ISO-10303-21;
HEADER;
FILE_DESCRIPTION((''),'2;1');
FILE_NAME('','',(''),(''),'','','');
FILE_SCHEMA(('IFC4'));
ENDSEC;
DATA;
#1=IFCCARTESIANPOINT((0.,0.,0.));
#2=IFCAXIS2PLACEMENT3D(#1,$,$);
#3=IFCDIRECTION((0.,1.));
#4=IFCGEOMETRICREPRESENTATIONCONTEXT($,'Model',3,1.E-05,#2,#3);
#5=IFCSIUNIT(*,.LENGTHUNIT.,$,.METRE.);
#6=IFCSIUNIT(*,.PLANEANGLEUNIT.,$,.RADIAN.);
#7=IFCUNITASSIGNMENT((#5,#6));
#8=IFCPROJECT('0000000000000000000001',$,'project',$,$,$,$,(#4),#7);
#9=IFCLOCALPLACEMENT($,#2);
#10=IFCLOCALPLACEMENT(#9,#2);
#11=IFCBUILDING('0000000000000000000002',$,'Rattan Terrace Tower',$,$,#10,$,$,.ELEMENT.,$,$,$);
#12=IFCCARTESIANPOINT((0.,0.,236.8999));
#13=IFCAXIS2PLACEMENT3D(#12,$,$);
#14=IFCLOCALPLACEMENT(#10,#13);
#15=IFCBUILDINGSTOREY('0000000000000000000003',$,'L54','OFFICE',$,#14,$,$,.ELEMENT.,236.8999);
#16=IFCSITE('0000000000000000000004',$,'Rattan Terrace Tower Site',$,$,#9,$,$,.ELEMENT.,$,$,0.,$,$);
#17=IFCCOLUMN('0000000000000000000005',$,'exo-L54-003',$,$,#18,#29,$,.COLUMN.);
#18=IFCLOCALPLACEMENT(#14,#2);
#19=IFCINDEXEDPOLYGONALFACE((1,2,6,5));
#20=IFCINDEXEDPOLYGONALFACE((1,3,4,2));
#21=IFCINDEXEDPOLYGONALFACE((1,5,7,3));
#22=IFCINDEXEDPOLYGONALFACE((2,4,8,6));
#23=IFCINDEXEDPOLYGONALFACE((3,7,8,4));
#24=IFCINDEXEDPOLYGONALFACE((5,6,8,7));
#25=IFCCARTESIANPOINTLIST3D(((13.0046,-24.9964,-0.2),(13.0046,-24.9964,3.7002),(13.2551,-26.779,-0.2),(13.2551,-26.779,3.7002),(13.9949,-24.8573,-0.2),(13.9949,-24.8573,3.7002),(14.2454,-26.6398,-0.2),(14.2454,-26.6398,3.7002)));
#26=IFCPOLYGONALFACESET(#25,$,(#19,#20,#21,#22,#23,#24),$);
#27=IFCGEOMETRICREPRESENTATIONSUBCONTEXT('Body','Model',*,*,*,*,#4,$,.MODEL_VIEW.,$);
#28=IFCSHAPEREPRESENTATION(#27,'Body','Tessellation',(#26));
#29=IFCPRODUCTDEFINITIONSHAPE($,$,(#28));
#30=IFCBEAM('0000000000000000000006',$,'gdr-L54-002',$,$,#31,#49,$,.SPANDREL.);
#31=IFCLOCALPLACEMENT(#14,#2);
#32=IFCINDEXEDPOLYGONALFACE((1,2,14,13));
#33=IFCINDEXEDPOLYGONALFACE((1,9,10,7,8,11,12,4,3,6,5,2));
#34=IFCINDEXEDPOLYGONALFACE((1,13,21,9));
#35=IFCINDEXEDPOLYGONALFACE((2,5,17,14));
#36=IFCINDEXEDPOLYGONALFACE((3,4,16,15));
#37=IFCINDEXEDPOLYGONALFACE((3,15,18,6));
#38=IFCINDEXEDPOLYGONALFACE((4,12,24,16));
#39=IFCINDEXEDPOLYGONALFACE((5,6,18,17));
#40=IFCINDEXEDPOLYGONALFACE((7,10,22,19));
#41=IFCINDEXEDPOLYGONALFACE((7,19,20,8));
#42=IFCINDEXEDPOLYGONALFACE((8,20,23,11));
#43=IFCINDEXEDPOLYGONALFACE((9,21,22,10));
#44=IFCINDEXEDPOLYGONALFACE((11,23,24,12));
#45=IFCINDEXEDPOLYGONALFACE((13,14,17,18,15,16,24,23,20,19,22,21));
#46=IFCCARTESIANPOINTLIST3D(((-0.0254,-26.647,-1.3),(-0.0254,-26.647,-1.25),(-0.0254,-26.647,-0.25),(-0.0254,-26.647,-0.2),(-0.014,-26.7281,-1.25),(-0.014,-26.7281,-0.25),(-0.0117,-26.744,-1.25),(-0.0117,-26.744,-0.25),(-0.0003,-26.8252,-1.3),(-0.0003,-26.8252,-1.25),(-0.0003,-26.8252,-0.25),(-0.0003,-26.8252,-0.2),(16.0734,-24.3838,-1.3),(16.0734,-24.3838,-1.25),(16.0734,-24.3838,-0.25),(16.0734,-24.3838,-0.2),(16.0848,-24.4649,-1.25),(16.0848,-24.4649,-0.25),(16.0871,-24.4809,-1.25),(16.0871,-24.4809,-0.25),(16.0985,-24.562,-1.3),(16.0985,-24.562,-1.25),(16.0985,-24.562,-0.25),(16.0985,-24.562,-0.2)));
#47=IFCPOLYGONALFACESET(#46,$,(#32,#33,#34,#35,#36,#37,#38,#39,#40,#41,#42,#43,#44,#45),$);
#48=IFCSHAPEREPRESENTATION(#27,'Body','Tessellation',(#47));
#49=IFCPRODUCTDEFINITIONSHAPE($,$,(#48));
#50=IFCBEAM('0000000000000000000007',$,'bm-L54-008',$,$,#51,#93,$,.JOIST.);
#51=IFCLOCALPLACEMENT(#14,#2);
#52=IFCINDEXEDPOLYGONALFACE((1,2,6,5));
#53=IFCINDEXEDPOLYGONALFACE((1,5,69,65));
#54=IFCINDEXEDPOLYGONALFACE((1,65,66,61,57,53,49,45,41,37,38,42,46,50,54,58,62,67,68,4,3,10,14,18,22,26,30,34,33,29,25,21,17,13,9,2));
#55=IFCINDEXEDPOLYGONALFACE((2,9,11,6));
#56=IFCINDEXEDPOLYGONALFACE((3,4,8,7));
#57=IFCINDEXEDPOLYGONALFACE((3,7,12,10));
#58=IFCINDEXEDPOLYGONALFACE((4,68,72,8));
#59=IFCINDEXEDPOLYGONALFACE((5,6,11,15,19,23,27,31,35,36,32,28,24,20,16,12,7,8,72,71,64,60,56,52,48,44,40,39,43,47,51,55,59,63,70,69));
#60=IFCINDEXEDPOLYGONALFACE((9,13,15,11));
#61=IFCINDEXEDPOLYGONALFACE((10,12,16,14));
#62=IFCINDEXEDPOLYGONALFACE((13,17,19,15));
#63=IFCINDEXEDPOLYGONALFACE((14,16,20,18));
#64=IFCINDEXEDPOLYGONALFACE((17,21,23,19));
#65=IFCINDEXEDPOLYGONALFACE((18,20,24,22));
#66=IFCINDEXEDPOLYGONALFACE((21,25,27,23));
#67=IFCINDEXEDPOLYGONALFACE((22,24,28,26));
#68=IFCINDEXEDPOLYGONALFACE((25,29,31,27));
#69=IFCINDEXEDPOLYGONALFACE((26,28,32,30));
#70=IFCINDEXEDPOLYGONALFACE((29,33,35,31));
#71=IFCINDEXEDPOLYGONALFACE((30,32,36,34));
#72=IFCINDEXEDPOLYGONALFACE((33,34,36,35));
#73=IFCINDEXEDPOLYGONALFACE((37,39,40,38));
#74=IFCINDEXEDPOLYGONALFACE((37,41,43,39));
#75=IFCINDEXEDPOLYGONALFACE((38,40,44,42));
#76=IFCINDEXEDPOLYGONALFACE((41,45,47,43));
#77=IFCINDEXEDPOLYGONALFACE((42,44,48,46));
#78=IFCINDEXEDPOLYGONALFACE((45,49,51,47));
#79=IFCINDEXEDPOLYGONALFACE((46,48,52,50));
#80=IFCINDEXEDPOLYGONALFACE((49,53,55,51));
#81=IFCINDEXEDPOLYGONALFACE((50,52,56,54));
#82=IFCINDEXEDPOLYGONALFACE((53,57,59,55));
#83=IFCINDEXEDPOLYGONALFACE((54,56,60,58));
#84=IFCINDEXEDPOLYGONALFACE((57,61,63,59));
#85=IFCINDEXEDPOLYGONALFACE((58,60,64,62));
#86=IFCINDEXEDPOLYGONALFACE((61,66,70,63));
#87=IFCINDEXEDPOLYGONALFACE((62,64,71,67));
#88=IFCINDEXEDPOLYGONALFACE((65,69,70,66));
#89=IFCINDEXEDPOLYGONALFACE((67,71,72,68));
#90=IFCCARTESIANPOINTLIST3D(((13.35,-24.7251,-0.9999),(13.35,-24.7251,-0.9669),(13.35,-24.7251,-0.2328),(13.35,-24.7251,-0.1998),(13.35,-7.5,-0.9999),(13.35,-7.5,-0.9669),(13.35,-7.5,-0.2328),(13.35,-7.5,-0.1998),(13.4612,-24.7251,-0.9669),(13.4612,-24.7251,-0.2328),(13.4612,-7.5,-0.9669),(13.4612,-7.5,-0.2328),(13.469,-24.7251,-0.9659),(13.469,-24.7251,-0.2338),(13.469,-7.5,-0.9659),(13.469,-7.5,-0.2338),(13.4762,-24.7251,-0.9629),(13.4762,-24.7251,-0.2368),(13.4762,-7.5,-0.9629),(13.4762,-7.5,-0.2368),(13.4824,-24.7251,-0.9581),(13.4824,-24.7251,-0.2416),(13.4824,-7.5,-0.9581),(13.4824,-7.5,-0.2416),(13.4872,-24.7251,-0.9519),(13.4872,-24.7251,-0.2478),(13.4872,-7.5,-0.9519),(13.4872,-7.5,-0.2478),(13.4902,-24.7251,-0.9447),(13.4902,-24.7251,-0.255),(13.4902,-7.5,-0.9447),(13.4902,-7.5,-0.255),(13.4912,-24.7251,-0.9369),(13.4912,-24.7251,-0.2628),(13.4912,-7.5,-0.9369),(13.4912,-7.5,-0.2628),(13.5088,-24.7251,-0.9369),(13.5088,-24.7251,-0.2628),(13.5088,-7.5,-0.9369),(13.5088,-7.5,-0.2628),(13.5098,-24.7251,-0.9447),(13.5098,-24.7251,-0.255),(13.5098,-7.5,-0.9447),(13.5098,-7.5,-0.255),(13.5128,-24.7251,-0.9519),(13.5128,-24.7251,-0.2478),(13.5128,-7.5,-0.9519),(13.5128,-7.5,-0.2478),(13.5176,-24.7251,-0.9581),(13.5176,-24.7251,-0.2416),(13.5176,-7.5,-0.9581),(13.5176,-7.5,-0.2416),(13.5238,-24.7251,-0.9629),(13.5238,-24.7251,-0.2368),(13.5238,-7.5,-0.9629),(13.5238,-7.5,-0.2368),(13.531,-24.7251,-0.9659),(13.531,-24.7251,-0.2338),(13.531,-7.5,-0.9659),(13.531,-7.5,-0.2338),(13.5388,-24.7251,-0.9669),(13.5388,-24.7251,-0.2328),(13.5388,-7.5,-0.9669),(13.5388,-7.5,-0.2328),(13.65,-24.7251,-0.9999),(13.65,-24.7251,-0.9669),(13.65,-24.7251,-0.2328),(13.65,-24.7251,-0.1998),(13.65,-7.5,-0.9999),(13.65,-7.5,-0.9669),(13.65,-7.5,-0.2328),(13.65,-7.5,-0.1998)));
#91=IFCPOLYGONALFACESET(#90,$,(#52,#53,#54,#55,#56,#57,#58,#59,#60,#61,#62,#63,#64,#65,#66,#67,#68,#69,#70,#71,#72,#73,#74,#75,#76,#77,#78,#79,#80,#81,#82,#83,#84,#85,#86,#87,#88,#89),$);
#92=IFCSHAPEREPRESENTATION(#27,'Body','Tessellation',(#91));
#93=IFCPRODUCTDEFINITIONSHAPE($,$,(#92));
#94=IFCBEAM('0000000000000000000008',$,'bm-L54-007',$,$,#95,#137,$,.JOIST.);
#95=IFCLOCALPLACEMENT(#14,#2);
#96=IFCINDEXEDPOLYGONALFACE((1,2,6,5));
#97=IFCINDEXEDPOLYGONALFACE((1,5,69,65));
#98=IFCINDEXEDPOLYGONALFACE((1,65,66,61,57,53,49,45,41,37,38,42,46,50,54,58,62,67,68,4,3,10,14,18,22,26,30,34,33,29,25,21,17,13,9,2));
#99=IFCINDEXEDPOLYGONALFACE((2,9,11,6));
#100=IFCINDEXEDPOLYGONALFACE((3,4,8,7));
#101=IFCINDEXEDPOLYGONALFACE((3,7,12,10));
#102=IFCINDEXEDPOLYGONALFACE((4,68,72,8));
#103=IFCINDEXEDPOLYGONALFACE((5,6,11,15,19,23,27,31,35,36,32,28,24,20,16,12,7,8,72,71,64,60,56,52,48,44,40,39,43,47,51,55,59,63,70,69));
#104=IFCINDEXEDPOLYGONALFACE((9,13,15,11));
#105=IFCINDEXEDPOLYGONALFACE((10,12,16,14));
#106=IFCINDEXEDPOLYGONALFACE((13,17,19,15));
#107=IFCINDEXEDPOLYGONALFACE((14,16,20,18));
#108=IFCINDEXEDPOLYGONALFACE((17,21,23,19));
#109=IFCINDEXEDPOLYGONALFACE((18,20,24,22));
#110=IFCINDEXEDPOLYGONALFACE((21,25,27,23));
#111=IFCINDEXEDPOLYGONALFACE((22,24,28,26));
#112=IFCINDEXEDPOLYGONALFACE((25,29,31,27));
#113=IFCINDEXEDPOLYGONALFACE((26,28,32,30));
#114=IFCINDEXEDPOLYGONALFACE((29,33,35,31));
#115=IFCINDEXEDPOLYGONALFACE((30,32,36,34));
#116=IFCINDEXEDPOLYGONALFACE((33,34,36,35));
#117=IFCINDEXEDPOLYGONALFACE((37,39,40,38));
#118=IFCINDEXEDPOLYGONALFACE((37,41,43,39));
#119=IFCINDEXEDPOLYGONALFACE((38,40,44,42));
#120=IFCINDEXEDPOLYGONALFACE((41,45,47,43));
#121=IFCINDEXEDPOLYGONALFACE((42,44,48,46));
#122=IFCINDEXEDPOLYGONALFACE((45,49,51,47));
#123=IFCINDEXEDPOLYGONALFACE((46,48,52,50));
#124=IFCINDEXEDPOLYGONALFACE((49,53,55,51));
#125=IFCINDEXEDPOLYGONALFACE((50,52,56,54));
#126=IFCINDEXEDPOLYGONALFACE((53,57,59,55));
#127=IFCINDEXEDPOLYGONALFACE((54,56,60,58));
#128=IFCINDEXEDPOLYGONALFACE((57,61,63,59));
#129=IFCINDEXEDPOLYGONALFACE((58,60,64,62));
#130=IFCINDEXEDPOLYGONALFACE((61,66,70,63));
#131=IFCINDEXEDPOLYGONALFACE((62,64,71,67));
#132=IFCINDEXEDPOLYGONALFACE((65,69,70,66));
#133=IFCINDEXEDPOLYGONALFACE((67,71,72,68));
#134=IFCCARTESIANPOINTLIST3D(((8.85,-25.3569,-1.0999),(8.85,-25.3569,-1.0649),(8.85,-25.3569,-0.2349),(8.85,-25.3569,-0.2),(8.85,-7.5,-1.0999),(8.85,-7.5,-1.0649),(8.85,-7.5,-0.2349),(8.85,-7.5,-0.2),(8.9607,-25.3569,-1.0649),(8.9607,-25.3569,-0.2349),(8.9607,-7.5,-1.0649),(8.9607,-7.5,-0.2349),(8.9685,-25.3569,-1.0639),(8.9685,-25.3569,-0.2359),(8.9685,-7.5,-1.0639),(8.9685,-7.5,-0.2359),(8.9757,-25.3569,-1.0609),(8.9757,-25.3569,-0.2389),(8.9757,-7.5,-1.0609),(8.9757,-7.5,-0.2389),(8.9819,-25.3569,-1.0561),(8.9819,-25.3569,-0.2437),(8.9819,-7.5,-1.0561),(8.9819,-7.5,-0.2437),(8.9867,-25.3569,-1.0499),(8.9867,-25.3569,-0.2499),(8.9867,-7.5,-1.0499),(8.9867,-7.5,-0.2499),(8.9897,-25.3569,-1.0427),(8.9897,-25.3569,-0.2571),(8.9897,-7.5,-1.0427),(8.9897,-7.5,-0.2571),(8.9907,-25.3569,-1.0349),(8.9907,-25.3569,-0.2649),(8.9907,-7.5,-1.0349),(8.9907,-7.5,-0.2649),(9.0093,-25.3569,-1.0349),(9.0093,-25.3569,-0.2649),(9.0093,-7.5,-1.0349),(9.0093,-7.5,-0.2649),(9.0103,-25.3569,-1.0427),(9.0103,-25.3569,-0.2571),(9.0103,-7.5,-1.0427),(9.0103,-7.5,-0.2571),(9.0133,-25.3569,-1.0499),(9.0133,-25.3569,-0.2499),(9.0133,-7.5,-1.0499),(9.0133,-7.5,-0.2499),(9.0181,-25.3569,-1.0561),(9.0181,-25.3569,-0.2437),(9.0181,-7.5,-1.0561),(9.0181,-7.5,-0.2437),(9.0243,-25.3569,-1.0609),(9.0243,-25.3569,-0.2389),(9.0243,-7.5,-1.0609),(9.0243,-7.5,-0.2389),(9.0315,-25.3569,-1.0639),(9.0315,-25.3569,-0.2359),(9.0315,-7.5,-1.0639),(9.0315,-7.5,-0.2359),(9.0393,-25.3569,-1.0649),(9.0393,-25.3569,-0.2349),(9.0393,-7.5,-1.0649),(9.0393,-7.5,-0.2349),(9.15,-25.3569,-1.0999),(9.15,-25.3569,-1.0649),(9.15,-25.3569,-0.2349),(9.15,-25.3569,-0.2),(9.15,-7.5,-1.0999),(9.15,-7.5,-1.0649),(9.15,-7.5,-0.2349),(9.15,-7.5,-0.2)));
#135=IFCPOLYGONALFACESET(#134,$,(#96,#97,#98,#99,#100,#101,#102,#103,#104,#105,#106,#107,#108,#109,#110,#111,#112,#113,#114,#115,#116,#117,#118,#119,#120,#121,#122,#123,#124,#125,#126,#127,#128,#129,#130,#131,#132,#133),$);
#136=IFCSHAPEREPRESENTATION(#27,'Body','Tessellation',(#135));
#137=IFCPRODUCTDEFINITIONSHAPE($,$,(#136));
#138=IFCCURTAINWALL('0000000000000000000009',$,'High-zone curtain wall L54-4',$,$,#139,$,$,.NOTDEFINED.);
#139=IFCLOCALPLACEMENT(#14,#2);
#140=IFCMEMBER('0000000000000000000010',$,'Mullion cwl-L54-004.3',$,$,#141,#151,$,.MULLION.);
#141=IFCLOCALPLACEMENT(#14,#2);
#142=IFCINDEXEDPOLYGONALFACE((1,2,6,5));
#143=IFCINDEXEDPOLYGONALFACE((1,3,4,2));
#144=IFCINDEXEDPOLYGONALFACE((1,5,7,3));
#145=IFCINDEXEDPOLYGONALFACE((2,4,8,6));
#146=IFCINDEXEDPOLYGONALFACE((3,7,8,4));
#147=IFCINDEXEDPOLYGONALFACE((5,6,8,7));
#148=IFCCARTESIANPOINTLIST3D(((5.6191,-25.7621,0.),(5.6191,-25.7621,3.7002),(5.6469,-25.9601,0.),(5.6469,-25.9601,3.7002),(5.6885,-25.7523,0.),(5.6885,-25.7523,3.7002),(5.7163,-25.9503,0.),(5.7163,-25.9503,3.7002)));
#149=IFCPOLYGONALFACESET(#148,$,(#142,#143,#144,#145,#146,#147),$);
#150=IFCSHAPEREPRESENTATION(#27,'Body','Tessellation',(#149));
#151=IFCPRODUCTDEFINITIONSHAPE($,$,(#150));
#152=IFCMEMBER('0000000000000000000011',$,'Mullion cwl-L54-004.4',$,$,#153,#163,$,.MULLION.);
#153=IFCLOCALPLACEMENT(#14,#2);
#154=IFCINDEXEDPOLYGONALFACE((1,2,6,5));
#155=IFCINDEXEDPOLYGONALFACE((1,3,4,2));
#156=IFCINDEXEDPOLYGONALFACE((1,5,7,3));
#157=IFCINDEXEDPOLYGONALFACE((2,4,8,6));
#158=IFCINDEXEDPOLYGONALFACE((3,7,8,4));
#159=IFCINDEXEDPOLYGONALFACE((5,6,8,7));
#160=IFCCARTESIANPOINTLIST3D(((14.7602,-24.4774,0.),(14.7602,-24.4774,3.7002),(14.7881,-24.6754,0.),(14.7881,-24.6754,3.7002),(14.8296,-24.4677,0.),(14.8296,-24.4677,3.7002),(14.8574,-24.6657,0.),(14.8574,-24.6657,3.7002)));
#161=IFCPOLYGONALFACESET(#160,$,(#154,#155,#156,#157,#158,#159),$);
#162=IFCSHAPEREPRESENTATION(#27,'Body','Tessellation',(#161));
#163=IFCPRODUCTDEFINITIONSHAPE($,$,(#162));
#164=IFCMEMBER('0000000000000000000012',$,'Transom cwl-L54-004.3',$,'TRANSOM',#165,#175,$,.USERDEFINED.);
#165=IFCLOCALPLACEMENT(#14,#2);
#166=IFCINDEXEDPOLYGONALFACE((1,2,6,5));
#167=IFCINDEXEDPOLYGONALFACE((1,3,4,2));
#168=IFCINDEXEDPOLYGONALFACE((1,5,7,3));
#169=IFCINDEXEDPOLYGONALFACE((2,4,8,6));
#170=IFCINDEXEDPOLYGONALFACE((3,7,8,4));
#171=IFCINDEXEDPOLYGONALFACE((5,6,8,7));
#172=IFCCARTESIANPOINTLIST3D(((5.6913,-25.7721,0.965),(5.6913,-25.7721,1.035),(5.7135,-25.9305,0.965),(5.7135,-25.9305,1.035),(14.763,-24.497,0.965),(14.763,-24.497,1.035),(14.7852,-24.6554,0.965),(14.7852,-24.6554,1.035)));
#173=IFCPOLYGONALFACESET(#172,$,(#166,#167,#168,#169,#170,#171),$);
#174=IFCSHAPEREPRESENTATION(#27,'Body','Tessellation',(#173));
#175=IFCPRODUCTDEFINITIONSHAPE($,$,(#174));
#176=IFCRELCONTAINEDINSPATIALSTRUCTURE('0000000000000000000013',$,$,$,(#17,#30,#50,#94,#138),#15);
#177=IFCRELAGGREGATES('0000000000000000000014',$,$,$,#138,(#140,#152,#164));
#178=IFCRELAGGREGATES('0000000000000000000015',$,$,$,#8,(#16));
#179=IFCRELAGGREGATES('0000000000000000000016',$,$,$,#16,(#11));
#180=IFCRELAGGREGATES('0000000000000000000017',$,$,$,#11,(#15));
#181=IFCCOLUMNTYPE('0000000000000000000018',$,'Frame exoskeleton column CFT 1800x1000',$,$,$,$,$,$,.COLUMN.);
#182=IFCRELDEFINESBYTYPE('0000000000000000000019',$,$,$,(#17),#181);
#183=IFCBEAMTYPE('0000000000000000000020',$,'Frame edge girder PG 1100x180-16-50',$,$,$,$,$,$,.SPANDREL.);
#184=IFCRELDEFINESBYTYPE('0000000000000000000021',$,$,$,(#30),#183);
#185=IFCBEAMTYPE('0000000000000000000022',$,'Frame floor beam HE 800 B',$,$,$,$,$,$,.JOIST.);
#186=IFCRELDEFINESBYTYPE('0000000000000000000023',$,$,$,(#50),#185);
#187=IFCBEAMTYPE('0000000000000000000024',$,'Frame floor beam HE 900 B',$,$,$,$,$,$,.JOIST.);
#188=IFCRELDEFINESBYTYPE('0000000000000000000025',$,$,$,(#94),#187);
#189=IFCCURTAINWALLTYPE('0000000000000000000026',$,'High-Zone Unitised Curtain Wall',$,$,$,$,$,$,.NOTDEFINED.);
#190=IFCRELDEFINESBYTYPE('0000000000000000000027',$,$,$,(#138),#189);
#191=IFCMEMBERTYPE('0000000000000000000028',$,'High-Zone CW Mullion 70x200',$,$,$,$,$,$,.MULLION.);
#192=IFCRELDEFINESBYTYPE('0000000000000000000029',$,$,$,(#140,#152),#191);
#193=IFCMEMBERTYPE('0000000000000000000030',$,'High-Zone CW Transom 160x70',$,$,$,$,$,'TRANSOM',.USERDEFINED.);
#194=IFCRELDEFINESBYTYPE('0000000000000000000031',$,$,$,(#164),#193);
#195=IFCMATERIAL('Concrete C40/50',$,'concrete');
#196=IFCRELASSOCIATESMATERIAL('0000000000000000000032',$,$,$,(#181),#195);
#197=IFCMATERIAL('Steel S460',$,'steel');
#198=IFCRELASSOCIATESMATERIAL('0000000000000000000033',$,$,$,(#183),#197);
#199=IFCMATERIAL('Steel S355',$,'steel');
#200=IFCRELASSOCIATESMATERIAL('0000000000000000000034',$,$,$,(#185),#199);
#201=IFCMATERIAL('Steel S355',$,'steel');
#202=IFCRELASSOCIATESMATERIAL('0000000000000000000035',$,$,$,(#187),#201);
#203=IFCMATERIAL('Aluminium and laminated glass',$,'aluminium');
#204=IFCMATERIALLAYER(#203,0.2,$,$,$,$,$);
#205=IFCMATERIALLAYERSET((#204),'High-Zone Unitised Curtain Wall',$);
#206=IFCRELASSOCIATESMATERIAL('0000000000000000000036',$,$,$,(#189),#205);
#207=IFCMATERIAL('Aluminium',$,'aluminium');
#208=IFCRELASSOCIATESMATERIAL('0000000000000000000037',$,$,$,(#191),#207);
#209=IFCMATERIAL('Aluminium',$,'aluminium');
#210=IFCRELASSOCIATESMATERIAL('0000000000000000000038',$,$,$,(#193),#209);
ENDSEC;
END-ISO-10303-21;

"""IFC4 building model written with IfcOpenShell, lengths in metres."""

from ifc_helpers import new_model, si_unit, direction, frame, origin, origin_2d, place, context, subcontext, project, spatial, rectangle, i_section, extrude, material, layer, layer_set, material_profile, profile_set, type_object, element, aggregate, save


model = new_model("IFC4")

# Units and contexts
model_context = context("Model", 3, precision=1e-05, world=origin(), true_north=direction((0.0, 1.0)))
body_context = subcontext(model_context, "Body", "Model", "MODEL_VIEW")
ifc_project = project(units=[si_unit("LENGTHUNIT", "METRE"), si_unit("PLANEANGLEUNIT", "RADIAN")], contexts=[model_context])

# Site, building, storey
site_placement = place(None, origin())
site = spatial("IfcSite", under=ifc_project, at=site_placement, Name="Rattan Terrace Tower Site", CompositionType="ELEMENT", RefElevation=0.0)
building_placement = place(site_placement, origin())
building = spatial("IfcBuilding", under=site, at=building_placement, Name="Rattan Terrace Tower", CompositionType="ELEMENT")
storey_placement = place(building_placement, frame((0.0, 0.0, 236.8999)))
storey = spatial("IfcBuildingStorey", under=building, at=storey_placement, Name="L54", Description="OFFICE", CompositionType="ELEMENT", Elevation=236.8999)

# Column
ifc_material_1 = material(Name="Concrete C40/50", Category="concrete")
ifc_material_profile_1 = material_profile(ifc_material_1, rectangle(XDim=1.0, YDim=1.8, at=origin_2d()), Name="CFT 1800x1000")
ifc_profile_set_1 = profile_set([ifc_material_profile_1], Name="Concrete C40/50")
column_type = type_object("IfcColumnType", Name="Frame exoskeleton column CFT 1800x1000", PredefinedType="COLUMN", material=ifc_profile_set_1)
column_placement = place(storey_placement, frame((13.625, -25.8181, -0.2), z_axis=(0.0, 0.0, 1.0), x_axis=(0.990268, 0.139173, 0.0)))
element("IfcColumn", 1, at=column_placement, inside=storey, type_object=column_type, Name="exo-L54-003", PredefinedType="COLUMN", context=body_context, shape_type="SweptSolid", body=[
    extrude(rectangle(XDim=1.0, YDim=1.8, at=origin_2d()), origin(), (0.0, 0.0, 1.0), 3.9001),
])

# Beams
ifc_material_2 = material(Name="Steel S460", Category="steel")
ifc_material_profile_2 = material_profile(ifc_material_2, i_section(OverallWidth=0.1799, OverallDepth=1.1001, WebThickness=0.0161, FlangeThickness=0.05, at=origin_2d()), Name="PG 1100x180-16-50")
ifc_profile_set_2 = profile_set([ifc_material_profile_2], Name="Steel S460")
beam_type_1 = type_object("IfcBeamType", Name="Frame edge girder PG 1100x180-16-50", PredefinedType="SPANDREL", material=ifc_profile_set_2)
beam_1_placement = place(storey_placement, frame((16.0859, -24.4729, -0.75), z_axis=(-0.990263, -0.139211, 0.0), x_axis=(0.139211, -0.990263, 0.0)))
element("IfcBeam", 2, at=beam_1_placement, inside=storey, type_object=beam_type_1, Name="gdr-L54-002", PredefinedType="SPANDREL", context=body_context, shape_type="SweptSolid", body=[
    extrude(i_section(OverallWidth=0.1799, OverallDepth=1.1001, WebThickness=0.0161, FlangeThickness=0.05, at=origin_2d()), origin(), (0.0, 0.0, 1.0), 16.2571),
])
ifc_material_3 = material(Name="Steel S355", Category="steel")
ifc_material_profile_3 = material_profile(ifc_material_3, i_section(OverallWidth=0.3, OverallDepth=0.8, WebThickness=0.0176, FlangeThickness=0.033, FilletRadius=0.03, at=origin_2d()), Name="HE 800 B")
ifc_profile_set_3 = profile_set([ifc_material_profile_3], Name="Steel S355")
beam_type_2 = type_object("IfcBeamType", Name="Frame floor beam HE 800 B", PredefinedType="JOIST", material=ifc_profile_set_3)
beam_2_placement = place(storey_placement, frame((13.5, -24.7251, -0.5999), z_axis=(0.0, 1.0, 0.0), x_axis=(-1.0, 0.0, 0.0)))
element("IfcBeam", 3, at=beam_2_placement, inside=storey, type_object=beam_type_2, Name="bm-L54-008", PredefinedType="JOIST", context=body_context, shape_type="SweptSolid", body=[
    extrude(i_section(OverallWidth=0.3, OverallDepth=0.8, WebThickness=0.0176, FlangeThickness=0.033, FilletRadius=0.03, at=origin_2d()), origin(), (0.0, 0.0, 1.0), 17.2251),
])
ifc_material_4 = material(Name="Steel S355", Category="steel")
ifc_material_profile_4 = material_profile(ifc_material_4, i_section(OverallWidth=0.3, OverallDepth=0.8999, WebThickness=0.0186, FlangeThickness=0.0349, FilletRadius=0.03, at=origin_2d()), Name="HE 900 B")
ifc_profile_set_4 = profile_set([ifc_material_profile_4], Name="Steel S355")
beam_type_3 = type_object("IfcBeamType", Name="Frame floor beam HE 900 B", PredefinedType="JOIST", material=ifc_profile_set_4)
beam_3_placement = place(storey_placement, frame((9.0, -25.3569, -0.6499), z_axis=(0.0, 1.0, 0.0), x_axis=(-1.0, 0.0, 0.0)))
element("IfcBeam", 4, at=beam_3_placement, inside=storey, type_object=beam_type_3, Name="bm-L54-007", PredefinedType="JOIST", context=body_context, shape_type="SweptSolid", body=[
    extrude(i_section(OverallWidth=0.3, OverallDepth=0.8999, WebThickness=0.0186, FlangeThickness=0.0349, FilletRadius=0.03, at=origin_2d()), origin(), (0.0, 0.0, 1.0), 17.8569),
])

# Curtain wall, members
ifc_material_5 = material(Name="Aluminium and laminated glass", Category="aluminium")
ifc_layer_1 = layer(ifc_material_5, 0.2)
ifc_layer_set_1 = layer_set([ifc_layer_1], Name="High-Zone Unitised Curtain Wall")
curtain_wall_type = type_object("IfcCurtainWallType", Name="High-Zone Unitised Curtain Wall", PredefinedType="NOTDEFINED", material=ifc_layer_set_1)
curtain_wall_placement = place(storey_placement, origin())
curtain_wall = element("IfcCurtainWall", 5, at=curtain_wall_placement, inside=storey, type_object=curtain_wall_type, Name="High-zone curtain wall L54-4", PredefinedType="NOTDEFINED")
ifc_material_6 = material(Name="Aluminium", Category="aluminium")
ifc_material_profile_5 = material_profile(ifc_material_6, rectangle(XDim=0.0701, YDim=0.2, at=origin_2d()), Name="Aluminium 70x200")
ifc_profile_set_5 = profile_set([ifc_material_profile_5], Name="Aluminium")
member_type_1 = type_object("IfcMemberType", Name="High-Zone CW Mullion 70x200", PredefinedType="MULLION", material=ifc_profile_set_5)
member_1_placement = place(storey_placement, frame((5.6677, -25.8562, 0.0), z_axis=(0.0, 0.0, 1.0), x_axis=(0.990267, 0.139177, 0.0)))
member_1 = element("IfcMember", 6, at=member_1_placement, type_object=member_type_1, Name="Mullion cwl-L54-004.3", PredefinedType="MULLION", context=body_context, shape_type="SweptSolid", body=[
    extrude(rectangle(XDim=0.0701, YDim=0.2, at=origin_2d()), origin(), (0.0, 0.0, 1.0), 3.7002),
])
member_2_placement = place(storey_placement, frame((14.8088, -24.5715, 0.0), z_axis=(0.0, 0.0, 1.0), x_axis=(0.990267, 0.139177, 0.0)))
member_2 = element("IfcMember", 7, at=member_2_placement, type_object=member_type_1, Name="Mullion cwl-L54-004.4", PredefinedType="MULLION", context=body_context, shape_type="SweptSolid", body=[
    extrude(rectangle(XDim=0.0701, YDim=0.2, at=origin_2d()), origin(), (0.0, 0.0, 1.0), 3.7002),
])
ifc_material_7 = material(Name="Aluminium", Category="aluminium")
ifc_material_profile_6 = material_profile(ifc_material_7, rectangle(XDim=0.1599, YDim=0.0701, at=origin_2d()), Name="Aluminium 160x70")
ifc_profile_set_6 = profile_set([ifc_material_profile_6], Name="Aluminium")
member_type_2 = type_object("IfcMemberType", Name="High-Zone CW Transom 160x70", ElementType="TRANSOM", PredefinedType="USERDEFINED", material=ifc_profile_set_6)
member_3_placement = place(storey_placement, frame((5.7024, -25.8513, 1.0), z_axis=(0.990265, 0.139194, 0.0), x_axis=(-0.139194, 0.990265, 0.0)))
member_3 = element("IfcMember", 8, at=member_3_placement, type_object=member_type_2, Name="Transom cwl-L54-004.3", ObjectType="TRANSOM", PredefinedType="USERDEFINED", context=body_context, shape_type="SweptSolid", body=[
    extrude(rectangle(XDim=0.1599, YDim=0.0701, at=origin_2d()), origin(), (0.0, 0.0, 1.0), 9.1609),
])
aggregate(curtain_wall, [member_1, member_2, member_3])

save(model, "model.ifc")
